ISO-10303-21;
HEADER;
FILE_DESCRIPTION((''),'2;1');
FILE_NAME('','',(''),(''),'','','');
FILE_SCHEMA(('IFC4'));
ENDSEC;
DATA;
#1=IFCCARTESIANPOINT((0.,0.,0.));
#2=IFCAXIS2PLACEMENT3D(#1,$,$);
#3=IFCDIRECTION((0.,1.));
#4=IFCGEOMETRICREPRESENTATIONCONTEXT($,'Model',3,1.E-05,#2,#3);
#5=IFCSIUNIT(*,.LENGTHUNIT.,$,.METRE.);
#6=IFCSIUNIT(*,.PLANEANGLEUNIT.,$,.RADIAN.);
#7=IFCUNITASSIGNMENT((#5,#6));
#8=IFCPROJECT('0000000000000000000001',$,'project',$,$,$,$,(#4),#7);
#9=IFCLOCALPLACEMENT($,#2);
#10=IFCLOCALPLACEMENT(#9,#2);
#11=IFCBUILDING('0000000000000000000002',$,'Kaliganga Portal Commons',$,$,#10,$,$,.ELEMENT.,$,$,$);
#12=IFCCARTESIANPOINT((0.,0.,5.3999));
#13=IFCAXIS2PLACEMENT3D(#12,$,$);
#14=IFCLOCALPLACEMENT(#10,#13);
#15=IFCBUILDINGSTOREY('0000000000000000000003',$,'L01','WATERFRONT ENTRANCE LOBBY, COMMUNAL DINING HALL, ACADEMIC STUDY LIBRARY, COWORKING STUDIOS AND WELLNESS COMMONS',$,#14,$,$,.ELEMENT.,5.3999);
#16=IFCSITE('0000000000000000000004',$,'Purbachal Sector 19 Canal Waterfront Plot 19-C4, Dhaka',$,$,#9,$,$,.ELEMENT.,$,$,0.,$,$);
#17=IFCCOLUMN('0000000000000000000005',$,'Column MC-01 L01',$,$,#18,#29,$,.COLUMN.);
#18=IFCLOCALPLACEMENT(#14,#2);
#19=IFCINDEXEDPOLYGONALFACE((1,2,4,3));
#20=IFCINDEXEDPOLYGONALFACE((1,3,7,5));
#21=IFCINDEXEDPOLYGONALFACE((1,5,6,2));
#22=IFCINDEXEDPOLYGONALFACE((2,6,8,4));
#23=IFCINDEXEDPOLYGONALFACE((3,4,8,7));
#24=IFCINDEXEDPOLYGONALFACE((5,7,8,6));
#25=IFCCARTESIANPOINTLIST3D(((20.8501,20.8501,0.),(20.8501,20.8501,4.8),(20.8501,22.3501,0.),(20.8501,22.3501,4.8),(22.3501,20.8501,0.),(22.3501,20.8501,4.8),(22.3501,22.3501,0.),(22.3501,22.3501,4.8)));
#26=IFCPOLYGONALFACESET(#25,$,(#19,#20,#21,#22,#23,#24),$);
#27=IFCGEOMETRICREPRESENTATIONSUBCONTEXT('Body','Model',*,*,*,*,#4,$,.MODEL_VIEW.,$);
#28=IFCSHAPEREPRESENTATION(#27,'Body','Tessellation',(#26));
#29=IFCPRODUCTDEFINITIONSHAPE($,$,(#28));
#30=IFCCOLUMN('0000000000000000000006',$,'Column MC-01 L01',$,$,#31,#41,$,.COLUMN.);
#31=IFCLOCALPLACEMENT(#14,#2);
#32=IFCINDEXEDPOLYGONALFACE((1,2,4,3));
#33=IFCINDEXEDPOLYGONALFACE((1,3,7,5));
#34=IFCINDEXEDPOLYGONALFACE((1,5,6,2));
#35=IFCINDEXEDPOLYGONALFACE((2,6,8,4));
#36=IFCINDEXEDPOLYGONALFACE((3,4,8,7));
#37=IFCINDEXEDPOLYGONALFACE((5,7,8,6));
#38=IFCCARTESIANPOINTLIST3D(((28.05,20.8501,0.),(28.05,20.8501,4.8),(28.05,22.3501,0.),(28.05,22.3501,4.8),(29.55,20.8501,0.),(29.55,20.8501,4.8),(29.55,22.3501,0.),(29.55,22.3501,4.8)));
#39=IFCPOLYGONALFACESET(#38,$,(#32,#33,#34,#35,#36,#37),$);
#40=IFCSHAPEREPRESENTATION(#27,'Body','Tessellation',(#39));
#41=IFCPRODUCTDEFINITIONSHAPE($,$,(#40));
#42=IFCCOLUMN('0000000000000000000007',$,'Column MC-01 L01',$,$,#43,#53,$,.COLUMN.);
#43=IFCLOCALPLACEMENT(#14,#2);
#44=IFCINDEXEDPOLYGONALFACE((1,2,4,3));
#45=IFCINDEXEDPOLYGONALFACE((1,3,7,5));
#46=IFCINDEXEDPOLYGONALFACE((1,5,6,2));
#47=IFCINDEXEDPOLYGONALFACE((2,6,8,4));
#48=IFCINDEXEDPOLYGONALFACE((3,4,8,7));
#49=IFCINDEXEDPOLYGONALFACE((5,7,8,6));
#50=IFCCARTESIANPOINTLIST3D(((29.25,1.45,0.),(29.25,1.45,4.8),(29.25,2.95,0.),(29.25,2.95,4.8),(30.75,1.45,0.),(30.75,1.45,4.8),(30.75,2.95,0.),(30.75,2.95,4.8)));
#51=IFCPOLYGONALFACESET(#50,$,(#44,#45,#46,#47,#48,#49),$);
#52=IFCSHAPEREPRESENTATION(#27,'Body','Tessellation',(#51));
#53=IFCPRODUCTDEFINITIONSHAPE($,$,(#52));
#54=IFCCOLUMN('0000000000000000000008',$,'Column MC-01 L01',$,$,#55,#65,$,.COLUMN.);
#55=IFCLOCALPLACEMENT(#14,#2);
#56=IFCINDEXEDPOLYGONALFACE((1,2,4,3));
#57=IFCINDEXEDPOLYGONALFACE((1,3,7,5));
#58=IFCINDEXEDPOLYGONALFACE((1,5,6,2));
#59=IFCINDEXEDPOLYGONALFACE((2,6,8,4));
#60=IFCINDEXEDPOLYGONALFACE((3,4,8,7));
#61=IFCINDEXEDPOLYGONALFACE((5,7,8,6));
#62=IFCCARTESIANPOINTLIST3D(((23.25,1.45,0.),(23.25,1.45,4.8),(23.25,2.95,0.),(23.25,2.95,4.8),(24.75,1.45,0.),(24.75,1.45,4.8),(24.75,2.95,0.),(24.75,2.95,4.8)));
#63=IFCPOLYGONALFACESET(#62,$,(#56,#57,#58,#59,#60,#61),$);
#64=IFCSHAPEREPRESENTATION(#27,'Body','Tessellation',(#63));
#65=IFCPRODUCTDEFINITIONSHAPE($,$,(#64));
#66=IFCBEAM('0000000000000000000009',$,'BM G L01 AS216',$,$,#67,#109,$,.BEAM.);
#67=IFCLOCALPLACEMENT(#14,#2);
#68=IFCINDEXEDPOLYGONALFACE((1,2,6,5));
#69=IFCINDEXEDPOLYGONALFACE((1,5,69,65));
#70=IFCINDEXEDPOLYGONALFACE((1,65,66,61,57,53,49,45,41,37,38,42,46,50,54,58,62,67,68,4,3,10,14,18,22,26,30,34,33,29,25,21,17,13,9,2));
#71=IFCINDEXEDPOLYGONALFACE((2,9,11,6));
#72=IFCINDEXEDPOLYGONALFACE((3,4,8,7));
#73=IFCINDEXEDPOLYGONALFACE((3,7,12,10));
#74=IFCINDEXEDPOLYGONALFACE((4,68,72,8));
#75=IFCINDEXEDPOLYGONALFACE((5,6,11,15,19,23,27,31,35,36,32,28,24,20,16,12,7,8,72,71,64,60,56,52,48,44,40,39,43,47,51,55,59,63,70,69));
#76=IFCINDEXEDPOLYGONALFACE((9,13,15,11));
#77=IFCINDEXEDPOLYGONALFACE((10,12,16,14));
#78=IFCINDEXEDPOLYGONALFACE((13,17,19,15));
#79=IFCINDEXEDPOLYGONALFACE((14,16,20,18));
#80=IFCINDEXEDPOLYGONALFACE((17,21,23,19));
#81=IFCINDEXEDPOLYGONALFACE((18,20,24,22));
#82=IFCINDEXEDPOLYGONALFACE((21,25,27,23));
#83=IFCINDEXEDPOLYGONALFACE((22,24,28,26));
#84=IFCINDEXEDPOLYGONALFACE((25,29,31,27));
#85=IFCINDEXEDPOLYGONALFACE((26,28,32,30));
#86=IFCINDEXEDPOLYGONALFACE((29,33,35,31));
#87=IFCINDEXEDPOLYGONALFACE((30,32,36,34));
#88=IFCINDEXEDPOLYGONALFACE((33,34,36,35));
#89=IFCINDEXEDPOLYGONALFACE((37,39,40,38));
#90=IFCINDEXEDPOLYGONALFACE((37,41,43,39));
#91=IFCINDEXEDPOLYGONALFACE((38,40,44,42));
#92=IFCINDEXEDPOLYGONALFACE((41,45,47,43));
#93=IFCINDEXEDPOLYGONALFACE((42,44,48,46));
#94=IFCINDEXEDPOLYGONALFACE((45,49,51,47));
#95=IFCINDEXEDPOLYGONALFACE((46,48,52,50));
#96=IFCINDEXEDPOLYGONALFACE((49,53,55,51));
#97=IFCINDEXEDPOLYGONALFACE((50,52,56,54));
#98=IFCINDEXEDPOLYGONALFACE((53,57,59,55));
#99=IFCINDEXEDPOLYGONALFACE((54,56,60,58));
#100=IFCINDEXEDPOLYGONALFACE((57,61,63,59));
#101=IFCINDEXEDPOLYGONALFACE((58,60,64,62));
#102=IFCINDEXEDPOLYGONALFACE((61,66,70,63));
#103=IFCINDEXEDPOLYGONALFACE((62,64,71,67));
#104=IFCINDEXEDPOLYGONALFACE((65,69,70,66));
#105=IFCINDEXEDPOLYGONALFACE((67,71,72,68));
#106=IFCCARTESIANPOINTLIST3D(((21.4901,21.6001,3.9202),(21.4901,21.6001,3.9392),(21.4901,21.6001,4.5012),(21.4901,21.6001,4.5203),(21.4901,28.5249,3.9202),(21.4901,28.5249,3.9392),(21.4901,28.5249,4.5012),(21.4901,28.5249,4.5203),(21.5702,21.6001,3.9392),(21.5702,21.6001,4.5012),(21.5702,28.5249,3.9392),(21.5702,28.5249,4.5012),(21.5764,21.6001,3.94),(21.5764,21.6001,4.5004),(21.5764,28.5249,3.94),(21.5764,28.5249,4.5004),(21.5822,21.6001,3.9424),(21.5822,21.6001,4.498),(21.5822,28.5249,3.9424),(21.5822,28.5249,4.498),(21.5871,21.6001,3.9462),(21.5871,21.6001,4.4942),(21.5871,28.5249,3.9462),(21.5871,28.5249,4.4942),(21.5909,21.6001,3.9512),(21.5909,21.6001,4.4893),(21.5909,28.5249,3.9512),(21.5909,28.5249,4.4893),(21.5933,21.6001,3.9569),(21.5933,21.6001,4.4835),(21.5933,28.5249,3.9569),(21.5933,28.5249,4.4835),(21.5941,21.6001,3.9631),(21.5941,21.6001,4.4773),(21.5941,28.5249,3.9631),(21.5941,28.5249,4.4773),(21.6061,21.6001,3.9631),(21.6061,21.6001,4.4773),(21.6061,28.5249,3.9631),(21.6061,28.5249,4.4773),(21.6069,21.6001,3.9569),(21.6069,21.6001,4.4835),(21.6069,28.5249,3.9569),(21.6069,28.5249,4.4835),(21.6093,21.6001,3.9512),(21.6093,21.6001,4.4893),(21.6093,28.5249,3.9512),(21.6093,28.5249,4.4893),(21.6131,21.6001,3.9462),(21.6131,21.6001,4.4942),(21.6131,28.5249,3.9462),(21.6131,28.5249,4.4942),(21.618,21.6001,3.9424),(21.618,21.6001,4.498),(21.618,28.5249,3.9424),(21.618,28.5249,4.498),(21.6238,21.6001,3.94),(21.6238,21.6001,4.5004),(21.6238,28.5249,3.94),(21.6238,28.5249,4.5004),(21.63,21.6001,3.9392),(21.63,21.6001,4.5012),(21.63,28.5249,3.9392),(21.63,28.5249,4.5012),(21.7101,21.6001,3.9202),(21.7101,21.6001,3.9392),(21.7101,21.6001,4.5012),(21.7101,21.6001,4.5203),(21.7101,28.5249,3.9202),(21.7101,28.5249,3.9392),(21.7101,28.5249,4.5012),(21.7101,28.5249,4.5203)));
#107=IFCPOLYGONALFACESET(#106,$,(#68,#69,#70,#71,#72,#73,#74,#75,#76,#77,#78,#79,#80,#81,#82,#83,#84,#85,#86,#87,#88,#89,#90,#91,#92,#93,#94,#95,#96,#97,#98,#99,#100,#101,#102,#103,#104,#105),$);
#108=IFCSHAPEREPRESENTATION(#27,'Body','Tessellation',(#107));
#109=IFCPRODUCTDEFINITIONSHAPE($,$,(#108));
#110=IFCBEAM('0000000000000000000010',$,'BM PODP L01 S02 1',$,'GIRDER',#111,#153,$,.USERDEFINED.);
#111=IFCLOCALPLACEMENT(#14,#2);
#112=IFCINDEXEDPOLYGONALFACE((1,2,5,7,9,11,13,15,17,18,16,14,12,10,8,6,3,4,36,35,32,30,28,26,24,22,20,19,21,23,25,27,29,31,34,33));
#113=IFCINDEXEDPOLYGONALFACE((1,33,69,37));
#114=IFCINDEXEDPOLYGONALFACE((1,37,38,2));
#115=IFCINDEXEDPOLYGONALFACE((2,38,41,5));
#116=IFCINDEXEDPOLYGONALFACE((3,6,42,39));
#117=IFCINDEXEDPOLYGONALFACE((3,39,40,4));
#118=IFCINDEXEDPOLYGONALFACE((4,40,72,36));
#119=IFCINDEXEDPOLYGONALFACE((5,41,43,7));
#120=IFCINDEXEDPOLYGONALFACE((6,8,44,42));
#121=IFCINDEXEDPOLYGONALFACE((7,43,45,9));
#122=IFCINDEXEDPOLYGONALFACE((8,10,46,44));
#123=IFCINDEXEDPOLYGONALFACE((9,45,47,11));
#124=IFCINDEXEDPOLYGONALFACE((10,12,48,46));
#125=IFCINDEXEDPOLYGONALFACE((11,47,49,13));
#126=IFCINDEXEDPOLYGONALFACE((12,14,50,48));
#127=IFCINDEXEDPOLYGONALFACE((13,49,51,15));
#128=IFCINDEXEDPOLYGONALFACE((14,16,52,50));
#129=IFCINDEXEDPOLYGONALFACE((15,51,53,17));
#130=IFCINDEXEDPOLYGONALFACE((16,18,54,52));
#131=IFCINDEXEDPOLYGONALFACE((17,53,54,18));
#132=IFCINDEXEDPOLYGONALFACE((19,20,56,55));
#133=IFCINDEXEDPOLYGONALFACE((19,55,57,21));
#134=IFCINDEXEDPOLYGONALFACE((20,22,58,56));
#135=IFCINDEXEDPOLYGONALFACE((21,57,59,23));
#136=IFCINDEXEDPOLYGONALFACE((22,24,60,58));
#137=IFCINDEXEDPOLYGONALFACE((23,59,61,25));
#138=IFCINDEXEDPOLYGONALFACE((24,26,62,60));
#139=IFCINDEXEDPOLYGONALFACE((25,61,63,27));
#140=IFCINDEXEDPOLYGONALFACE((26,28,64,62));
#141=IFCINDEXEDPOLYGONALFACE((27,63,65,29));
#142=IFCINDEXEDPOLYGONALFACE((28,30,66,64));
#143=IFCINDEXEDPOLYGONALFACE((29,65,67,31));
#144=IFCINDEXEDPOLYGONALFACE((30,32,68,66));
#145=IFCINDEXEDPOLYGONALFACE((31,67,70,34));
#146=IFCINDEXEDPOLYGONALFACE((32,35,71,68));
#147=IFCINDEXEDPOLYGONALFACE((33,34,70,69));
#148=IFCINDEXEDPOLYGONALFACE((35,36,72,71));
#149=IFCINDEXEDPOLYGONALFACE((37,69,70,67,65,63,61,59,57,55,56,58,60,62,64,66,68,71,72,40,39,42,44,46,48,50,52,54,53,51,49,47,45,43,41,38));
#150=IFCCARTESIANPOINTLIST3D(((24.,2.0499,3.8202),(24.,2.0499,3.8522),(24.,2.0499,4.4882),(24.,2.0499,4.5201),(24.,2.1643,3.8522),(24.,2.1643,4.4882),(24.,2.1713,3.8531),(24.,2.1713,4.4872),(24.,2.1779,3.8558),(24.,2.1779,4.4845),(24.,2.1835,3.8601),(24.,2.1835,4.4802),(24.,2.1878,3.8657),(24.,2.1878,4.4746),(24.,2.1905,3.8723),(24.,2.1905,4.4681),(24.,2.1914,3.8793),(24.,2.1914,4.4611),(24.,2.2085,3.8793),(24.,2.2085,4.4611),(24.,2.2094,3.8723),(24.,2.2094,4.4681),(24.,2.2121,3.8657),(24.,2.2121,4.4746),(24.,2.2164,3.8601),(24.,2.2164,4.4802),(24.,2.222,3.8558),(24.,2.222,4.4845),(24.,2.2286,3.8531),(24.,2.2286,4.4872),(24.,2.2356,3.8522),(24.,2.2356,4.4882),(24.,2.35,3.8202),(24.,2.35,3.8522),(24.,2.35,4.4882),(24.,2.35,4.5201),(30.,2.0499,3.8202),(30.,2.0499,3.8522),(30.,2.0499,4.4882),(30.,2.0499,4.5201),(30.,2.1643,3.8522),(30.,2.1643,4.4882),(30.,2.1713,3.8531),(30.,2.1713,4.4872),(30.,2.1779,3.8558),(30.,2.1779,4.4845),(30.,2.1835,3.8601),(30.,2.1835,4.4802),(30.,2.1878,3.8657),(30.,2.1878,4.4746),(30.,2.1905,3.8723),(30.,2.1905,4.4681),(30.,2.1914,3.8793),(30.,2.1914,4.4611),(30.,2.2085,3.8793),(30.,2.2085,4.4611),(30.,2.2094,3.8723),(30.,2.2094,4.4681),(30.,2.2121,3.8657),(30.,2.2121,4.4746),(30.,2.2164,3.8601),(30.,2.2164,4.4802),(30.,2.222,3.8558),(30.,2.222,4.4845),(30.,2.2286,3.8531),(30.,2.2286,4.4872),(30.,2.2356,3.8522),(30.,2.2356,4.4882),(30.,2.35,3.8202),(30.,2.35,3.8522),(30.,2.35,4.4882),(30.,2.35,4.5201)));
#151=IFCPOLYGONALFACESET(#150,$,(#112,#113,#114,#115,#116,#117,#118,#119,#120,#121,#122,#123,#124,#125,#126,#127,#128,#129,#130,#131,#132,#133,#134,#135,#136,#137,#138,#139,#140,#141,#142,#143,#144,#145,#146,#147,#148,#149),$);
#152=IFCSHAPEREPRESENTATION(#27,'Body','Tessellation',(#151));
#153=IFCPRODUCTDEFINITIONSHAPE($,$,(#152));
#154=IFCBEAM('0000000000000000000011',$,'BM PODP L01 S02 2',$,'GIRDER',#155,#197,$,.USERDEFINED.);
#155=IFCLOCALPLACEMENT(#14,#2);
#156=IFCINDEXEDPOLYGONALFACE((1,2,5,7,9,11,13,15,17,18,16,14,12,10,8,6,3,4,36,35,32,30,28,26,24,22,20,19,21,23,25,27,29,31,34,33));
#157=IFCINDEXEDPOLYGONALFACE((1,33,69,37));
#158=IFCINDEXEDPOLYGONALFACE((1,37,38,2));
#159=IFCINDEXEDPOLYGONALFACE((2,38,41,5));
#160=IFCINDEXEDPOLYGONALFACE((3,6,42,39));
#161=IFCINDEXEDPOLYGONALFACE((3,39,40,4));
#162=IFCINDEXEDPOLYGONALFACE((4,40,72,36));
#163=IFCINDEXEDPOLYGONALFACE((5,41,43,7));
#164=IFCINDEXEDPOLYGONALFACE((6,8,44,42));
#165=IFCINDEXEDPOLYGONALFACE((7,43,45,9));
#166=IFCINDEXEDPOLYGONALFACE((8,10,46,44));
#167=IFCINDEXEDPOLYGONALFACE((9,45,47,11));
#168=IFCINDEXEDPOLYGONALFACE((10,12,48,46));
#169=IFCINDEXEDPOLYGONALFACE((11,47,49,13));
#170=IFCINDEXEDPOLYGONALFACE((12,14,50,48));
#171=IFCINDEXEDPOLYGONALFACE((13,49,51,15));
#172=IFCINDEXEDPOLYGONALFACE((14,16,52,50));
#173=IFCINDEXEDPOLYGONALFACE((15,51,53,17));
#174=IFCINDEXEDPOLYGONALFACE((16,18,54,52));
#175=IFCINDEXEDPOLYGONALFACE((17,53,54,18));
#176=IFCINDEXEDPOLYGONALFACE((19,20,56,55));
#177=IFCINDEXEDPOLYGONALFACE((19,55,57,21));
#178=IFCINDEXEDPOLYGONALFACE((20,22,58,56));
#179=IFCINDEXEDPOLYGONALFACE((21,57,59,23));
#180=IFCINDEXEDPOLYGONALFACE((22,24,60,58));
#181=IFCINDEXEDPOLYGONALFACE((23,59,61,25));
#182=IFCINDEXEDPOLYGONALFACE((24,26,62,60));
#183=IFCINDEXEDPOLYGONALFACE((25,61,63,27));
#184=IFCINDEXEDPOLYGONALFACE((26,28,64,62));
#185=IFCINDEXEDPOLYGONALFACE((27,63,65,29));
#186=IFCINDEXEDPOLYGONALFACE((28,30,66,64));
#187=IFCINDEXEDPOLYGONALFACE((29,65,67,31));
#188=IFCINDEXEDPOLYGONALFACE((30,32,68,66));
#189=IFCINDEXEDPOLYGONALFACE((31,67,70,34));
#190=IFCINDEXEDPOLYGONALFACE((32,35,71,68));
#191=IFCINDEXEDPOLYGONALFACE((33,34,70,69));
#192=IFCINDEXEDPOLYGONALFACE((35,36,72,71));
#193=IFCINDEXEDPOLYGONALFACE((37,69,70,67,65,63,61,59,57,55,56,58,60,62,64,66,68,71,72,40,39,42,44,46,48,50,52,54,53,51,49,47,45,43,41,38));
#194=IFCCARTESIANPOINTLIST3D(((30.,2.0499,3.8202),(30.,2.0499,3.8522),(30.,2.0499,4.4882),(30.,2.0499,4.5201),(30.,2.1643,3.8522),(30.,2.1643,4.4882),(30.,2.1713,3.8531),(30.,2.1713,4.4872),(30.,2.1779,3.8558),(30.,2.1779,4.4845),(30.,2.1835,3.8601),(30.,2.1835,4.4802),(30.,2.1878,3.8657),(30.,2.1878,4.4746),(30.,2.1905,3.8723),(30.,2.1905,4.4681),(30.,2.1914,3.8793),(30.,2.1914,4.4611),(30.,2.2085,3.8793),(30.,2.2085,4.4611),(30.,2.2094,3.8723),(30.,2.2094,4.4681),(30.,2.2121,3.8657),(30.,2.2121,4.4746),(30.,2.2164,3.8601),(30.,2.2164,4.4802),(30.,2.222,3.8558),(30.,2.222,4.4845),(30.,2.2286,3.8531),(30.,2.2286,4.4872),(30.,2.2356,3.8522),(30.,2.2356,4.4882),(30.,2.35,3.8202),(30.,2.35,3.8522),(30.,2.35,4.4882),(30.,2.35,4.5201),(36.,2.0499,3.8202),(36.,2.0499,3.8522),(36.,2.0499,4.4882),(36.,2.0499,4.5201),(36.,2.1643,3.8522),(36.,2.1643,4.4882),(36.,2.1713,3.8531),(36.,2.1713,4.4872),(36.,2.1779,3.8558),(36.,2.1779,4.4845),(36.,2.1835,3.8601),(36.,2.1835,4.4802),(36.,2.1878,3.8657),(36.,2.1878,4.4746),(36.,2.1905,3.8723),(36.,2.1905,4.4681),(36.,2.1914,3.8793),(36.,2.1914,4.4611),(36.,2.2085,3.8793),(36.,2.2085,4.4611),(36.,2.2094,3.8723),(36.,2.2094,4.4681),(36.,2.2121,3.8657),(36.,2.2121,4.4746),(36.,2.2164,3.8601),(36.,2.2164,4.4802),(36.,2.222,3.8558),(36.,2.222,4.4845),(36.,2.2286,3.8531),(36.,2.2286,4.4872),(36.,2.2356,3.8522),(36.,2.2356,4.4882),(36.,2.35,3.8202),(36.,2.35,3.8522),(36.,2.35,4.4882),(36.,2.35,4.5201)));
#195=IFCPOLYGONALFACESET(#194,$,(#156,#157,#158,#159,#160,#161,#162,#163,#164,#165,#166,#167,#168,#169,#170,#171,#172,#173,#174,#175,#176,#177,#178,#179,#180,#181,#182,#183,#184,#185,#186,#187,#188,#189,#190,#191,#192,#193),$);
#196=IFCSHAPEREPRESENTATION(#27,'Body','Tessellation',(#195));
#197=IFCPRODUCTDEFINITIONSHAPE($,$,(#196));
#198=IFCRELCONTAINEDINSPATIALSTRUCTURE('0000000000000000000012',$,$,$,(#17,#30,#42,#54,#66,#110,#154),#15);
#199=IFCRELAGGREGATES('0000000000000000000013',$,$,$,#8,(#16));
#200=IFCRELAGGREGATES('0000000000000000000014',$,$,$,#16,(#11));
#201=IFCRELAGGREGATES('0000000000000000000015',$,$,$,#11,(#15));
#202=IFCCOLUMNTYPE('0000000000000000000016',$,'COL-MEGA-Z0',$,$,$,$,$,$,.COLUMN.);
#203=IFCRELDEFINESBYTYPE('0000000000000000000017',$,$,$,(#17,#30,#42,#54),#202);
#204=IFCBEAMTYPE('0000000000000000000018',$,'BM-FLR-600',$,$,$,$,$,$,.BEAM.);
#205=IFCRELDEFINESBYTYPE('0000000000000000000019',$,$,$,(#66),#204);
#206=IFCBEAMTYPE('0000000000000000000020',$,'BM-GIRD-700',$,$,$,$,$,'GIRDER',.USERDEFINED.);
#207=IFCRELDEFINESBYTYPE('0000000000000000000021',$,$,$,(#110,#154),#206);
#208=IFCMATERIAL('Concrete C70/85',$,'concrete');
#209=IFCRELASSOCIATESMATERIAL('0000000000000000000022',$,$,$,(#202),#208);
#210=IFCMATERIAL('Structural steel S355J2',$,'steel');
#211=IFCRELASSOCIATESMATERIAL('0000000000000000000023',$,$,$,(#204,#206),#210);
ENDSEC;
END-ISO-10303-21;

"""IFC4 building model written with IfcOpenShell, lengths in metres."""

from ifc_helpers import new_model, si_unit, direction, frame, origin, origin_2d, place, context, subcontext, project, spatial, rectangle, i_section, extrude, source, transform, mapped, material, material_profile, profile_set, type_object, element, save


model = new_model("IFC4")

# Units and contexts
model_context = context("Model", 3, precision=1e-05, world=origin(), true_north=direction((0.0, 1.0)))
body_context = subcontext(model_context, "Body", "Model", "MODEL_VIEW")
ifc_project = project(units=[si_unit("LENGTHUNIT", "METRE"), si_unit("PLANEANGLEUNIT", "RADIAN")], contexts=[model_context])

# Site, building, storey
site_placement = place(None, origin())
site = spatial("IfcSite", under=ifc_project, at=site_placement, Name="Purbachal Sector 19 Canal Waterfront Plot 19-C4, Dhaka", CompositionType="ELEMENT", RefElevation=0.0)
building_placement = place(site_placement, origin())
building = spatial("IfcBuilding", under=site, at=building_placement, Name="Kaliganga Portal Commons", CompositionType="ELEMENT")
storey_placement = place(building_placement, frame((0.0, 0.0, 5.3999)))
storey = spatial("IfcBuildingStorey", under=building, at=storey_placement, Name="L01", Description="WATERFRONT ENTRANCE LOBBY, COMMUNAL DINING HALL, ACADEMIC STUDY LIBRARY, COWORKING STUDIOS AND WELLNESS COMMONS", CompositionType="ELEMENT", Elevation=5.3999)

# Columns
ifc_material_1 = material(Name="Concrete C70/85", Category="concrete")
ifc_material_profile_1 = material_profile(ifc_material_1, rectangle(XDim=1.5, YDim=1.5, at=origin_2d()), Name="RC 1500x1500")
ifc_profile_set_1 = profile_set([ifc_material_profile_1], Name="Concrete C70/85")
column_type = type_object("IfcColumnType", Name="COL-MEGA-Z0", PredefinedType="COLUMN", material=ifc_profile_set_1)
shared_shape_1 = source(origin(), body_context, "Body", "SweptSolid", [
    extrude(rectangle(XDim=1.5, YDim=1.5, at=origin_2d()), origin(), (0.0, 0.0, 1.0), 4.8),
])
for number, where, z_axis, x_axis, name in (
    (1, (21.6001, 21.6001, 0.0), (0.0, 0.0, 1.0), (1.0, 0.0, 0.0), "Column MC-01 L01"),
    (2, (28.8, 21.6001, 0.0), (0.0, 0.0, 1.0), (1.0, 0.0, 0.0), "Column MC-01 L01"),
    (3, (30.0, 2.2, 0.0), (0.0, 0.0, 1.0), (1.0, 0.0, 0.0), "Column MC-01 L01"),
    (4, (24.0, 2.2, 0.0), (0.0, 0.0, 1.0), (1.0, 0.0, 0.0), "Column MC-01 L01"),
):
    element("IfcColumn", number, at=place(storey_placement, frame(where, z_axis=z_axis, x_axis=x_axis)), inside=storey, type_object=column_type, Name=name, PredefinedType="COLUMN", context=body_context, shape_type="MappedRepresentation", body=[
        mapped(shared_shape_1, transform((0.0, 0.0, 0.0), x_axis=(1.0, 0.0, 0.0), y_axis=(0.0, 1.0, 0.0), z_axis=(0.0, 0.0, 1.0), scale=1.0)),
    ])

# Beams
ifc_material_2 = material(Name="Structural steel S355J2", Category="steel")
ifc_material_profile_2 = material_profile(ifc_material_2, i_section(OverallWidth=0.22, OverallDepth=0.6001, WebThickness=0.012, FlangeThickness=0.019, FilletRadius=0.0239, at=origin_2d()), Name="IPE 600")
ifc_profile_set_2 = profile_set([ifc_material_profile_2], Name="Structural steel S355J2 wide-flange")
beam_type_1 = type_object("IfcBeamType", Name="BM-FLR-600", PredefinedType="BEAM", material=ifc_profile_set_2)
shared_shape_2 = source(origin(), body_context, "Body", "SweptSolid", [
    extrude(i_section(OverallWidth=0.22, OverallDepth=0.6001, WebThickness=0.012, FlangeThickness=0.019, FilletRadius=0.0239, at=origin_2d()), origin(), (0.0, 0.0, 1.0), 6.9248),
])
beam_1_placement = place(storey_placement, frame((21.6001, 21.6001, 4.2202), z_axis=(0.0, 1.0, 0.0), x_axis=(-1.0, 0.0, 0.0)))
element("IfcBeam", 5, at=beam_1_placement, inside=storey, type_object=beam_type_1, Name="BM G L01 AS216", PredefinedType="BEAM", context=body_context, shape_type="MappedRepresentation", body=[
    mapped(shared_shape_2, transform((0.0, 0.0, 0.0), x_axis=(1.0, 0.0, 0.0), y_axis=(0.0, 1.0, 0.0), z_axis=(0.0, 0.0, 1.0), scale=1.0)),
])
ifc_material_profile_3 = material_profile(ifc_material_2, i_section(OverallWidth=0.3, OverallDepth=0.7, WebThickness=0.0171, FlangeThickness=0.032, FilletRadius=0.0271, at=origin_2d()), Name="HE 700 B")
ifc_profile_set_3 = profile_set([ifc_material_profile_3], Name="Structural steel S355J2 wide-flange")
beam_type_2 = type_object("IfcBeamType", Name="BM-GIRD-700", ElementType="GIRDER", PredefinedType="USERDEFINED", material=ifc_profile_set_3)
shared_shape_3 = source(origin(), body_context, "Body", "SweptSolid", [
    extrude(i_section(OverallWidth=0.3, OverallDepth=0.7, WebThickness=0.0171, FlangeThickness=0.032, FilletRadius=0.0271, at=origin_2d()), origin(), (0.0, 0.0, 1.0), 6.0),
])
for number, where, z_axis, x_axis, name in (
    (6, (24.0, 2.2, 4.1702), (1.0, 0.0, 0.0), (0.0, 1.0, 0.0), "BM PODP L01 S02 1"),
    (7, (30.0, 2.2, 4.1702), (1.0, 0.0, 0.0), (0.0, 1.0, 0.0), "BM PODP L01 S02 2"),
):
    element("IfcBeam", number, at=place(storey_placement, frame(where, z_axis=z_axis, x_axis=x_axis)), inside=storey, type_object=beam_type_2, Name=name, ObjectType="GIRDER", PredefinedType="USERDEFINED", context=body_context, shape_type="MappedRepresentation", body=[
        mapped(shared_shape_3, transform((0.0, 0.0, 0.0), x_axis=(1.0, 0.0, 0.0), y_axis=(0.0, 1.0, 0.0), z_axis=(0.0, 0.0, 1.0), scale=1.0)),
    ])

save(model, "model.ifc")
